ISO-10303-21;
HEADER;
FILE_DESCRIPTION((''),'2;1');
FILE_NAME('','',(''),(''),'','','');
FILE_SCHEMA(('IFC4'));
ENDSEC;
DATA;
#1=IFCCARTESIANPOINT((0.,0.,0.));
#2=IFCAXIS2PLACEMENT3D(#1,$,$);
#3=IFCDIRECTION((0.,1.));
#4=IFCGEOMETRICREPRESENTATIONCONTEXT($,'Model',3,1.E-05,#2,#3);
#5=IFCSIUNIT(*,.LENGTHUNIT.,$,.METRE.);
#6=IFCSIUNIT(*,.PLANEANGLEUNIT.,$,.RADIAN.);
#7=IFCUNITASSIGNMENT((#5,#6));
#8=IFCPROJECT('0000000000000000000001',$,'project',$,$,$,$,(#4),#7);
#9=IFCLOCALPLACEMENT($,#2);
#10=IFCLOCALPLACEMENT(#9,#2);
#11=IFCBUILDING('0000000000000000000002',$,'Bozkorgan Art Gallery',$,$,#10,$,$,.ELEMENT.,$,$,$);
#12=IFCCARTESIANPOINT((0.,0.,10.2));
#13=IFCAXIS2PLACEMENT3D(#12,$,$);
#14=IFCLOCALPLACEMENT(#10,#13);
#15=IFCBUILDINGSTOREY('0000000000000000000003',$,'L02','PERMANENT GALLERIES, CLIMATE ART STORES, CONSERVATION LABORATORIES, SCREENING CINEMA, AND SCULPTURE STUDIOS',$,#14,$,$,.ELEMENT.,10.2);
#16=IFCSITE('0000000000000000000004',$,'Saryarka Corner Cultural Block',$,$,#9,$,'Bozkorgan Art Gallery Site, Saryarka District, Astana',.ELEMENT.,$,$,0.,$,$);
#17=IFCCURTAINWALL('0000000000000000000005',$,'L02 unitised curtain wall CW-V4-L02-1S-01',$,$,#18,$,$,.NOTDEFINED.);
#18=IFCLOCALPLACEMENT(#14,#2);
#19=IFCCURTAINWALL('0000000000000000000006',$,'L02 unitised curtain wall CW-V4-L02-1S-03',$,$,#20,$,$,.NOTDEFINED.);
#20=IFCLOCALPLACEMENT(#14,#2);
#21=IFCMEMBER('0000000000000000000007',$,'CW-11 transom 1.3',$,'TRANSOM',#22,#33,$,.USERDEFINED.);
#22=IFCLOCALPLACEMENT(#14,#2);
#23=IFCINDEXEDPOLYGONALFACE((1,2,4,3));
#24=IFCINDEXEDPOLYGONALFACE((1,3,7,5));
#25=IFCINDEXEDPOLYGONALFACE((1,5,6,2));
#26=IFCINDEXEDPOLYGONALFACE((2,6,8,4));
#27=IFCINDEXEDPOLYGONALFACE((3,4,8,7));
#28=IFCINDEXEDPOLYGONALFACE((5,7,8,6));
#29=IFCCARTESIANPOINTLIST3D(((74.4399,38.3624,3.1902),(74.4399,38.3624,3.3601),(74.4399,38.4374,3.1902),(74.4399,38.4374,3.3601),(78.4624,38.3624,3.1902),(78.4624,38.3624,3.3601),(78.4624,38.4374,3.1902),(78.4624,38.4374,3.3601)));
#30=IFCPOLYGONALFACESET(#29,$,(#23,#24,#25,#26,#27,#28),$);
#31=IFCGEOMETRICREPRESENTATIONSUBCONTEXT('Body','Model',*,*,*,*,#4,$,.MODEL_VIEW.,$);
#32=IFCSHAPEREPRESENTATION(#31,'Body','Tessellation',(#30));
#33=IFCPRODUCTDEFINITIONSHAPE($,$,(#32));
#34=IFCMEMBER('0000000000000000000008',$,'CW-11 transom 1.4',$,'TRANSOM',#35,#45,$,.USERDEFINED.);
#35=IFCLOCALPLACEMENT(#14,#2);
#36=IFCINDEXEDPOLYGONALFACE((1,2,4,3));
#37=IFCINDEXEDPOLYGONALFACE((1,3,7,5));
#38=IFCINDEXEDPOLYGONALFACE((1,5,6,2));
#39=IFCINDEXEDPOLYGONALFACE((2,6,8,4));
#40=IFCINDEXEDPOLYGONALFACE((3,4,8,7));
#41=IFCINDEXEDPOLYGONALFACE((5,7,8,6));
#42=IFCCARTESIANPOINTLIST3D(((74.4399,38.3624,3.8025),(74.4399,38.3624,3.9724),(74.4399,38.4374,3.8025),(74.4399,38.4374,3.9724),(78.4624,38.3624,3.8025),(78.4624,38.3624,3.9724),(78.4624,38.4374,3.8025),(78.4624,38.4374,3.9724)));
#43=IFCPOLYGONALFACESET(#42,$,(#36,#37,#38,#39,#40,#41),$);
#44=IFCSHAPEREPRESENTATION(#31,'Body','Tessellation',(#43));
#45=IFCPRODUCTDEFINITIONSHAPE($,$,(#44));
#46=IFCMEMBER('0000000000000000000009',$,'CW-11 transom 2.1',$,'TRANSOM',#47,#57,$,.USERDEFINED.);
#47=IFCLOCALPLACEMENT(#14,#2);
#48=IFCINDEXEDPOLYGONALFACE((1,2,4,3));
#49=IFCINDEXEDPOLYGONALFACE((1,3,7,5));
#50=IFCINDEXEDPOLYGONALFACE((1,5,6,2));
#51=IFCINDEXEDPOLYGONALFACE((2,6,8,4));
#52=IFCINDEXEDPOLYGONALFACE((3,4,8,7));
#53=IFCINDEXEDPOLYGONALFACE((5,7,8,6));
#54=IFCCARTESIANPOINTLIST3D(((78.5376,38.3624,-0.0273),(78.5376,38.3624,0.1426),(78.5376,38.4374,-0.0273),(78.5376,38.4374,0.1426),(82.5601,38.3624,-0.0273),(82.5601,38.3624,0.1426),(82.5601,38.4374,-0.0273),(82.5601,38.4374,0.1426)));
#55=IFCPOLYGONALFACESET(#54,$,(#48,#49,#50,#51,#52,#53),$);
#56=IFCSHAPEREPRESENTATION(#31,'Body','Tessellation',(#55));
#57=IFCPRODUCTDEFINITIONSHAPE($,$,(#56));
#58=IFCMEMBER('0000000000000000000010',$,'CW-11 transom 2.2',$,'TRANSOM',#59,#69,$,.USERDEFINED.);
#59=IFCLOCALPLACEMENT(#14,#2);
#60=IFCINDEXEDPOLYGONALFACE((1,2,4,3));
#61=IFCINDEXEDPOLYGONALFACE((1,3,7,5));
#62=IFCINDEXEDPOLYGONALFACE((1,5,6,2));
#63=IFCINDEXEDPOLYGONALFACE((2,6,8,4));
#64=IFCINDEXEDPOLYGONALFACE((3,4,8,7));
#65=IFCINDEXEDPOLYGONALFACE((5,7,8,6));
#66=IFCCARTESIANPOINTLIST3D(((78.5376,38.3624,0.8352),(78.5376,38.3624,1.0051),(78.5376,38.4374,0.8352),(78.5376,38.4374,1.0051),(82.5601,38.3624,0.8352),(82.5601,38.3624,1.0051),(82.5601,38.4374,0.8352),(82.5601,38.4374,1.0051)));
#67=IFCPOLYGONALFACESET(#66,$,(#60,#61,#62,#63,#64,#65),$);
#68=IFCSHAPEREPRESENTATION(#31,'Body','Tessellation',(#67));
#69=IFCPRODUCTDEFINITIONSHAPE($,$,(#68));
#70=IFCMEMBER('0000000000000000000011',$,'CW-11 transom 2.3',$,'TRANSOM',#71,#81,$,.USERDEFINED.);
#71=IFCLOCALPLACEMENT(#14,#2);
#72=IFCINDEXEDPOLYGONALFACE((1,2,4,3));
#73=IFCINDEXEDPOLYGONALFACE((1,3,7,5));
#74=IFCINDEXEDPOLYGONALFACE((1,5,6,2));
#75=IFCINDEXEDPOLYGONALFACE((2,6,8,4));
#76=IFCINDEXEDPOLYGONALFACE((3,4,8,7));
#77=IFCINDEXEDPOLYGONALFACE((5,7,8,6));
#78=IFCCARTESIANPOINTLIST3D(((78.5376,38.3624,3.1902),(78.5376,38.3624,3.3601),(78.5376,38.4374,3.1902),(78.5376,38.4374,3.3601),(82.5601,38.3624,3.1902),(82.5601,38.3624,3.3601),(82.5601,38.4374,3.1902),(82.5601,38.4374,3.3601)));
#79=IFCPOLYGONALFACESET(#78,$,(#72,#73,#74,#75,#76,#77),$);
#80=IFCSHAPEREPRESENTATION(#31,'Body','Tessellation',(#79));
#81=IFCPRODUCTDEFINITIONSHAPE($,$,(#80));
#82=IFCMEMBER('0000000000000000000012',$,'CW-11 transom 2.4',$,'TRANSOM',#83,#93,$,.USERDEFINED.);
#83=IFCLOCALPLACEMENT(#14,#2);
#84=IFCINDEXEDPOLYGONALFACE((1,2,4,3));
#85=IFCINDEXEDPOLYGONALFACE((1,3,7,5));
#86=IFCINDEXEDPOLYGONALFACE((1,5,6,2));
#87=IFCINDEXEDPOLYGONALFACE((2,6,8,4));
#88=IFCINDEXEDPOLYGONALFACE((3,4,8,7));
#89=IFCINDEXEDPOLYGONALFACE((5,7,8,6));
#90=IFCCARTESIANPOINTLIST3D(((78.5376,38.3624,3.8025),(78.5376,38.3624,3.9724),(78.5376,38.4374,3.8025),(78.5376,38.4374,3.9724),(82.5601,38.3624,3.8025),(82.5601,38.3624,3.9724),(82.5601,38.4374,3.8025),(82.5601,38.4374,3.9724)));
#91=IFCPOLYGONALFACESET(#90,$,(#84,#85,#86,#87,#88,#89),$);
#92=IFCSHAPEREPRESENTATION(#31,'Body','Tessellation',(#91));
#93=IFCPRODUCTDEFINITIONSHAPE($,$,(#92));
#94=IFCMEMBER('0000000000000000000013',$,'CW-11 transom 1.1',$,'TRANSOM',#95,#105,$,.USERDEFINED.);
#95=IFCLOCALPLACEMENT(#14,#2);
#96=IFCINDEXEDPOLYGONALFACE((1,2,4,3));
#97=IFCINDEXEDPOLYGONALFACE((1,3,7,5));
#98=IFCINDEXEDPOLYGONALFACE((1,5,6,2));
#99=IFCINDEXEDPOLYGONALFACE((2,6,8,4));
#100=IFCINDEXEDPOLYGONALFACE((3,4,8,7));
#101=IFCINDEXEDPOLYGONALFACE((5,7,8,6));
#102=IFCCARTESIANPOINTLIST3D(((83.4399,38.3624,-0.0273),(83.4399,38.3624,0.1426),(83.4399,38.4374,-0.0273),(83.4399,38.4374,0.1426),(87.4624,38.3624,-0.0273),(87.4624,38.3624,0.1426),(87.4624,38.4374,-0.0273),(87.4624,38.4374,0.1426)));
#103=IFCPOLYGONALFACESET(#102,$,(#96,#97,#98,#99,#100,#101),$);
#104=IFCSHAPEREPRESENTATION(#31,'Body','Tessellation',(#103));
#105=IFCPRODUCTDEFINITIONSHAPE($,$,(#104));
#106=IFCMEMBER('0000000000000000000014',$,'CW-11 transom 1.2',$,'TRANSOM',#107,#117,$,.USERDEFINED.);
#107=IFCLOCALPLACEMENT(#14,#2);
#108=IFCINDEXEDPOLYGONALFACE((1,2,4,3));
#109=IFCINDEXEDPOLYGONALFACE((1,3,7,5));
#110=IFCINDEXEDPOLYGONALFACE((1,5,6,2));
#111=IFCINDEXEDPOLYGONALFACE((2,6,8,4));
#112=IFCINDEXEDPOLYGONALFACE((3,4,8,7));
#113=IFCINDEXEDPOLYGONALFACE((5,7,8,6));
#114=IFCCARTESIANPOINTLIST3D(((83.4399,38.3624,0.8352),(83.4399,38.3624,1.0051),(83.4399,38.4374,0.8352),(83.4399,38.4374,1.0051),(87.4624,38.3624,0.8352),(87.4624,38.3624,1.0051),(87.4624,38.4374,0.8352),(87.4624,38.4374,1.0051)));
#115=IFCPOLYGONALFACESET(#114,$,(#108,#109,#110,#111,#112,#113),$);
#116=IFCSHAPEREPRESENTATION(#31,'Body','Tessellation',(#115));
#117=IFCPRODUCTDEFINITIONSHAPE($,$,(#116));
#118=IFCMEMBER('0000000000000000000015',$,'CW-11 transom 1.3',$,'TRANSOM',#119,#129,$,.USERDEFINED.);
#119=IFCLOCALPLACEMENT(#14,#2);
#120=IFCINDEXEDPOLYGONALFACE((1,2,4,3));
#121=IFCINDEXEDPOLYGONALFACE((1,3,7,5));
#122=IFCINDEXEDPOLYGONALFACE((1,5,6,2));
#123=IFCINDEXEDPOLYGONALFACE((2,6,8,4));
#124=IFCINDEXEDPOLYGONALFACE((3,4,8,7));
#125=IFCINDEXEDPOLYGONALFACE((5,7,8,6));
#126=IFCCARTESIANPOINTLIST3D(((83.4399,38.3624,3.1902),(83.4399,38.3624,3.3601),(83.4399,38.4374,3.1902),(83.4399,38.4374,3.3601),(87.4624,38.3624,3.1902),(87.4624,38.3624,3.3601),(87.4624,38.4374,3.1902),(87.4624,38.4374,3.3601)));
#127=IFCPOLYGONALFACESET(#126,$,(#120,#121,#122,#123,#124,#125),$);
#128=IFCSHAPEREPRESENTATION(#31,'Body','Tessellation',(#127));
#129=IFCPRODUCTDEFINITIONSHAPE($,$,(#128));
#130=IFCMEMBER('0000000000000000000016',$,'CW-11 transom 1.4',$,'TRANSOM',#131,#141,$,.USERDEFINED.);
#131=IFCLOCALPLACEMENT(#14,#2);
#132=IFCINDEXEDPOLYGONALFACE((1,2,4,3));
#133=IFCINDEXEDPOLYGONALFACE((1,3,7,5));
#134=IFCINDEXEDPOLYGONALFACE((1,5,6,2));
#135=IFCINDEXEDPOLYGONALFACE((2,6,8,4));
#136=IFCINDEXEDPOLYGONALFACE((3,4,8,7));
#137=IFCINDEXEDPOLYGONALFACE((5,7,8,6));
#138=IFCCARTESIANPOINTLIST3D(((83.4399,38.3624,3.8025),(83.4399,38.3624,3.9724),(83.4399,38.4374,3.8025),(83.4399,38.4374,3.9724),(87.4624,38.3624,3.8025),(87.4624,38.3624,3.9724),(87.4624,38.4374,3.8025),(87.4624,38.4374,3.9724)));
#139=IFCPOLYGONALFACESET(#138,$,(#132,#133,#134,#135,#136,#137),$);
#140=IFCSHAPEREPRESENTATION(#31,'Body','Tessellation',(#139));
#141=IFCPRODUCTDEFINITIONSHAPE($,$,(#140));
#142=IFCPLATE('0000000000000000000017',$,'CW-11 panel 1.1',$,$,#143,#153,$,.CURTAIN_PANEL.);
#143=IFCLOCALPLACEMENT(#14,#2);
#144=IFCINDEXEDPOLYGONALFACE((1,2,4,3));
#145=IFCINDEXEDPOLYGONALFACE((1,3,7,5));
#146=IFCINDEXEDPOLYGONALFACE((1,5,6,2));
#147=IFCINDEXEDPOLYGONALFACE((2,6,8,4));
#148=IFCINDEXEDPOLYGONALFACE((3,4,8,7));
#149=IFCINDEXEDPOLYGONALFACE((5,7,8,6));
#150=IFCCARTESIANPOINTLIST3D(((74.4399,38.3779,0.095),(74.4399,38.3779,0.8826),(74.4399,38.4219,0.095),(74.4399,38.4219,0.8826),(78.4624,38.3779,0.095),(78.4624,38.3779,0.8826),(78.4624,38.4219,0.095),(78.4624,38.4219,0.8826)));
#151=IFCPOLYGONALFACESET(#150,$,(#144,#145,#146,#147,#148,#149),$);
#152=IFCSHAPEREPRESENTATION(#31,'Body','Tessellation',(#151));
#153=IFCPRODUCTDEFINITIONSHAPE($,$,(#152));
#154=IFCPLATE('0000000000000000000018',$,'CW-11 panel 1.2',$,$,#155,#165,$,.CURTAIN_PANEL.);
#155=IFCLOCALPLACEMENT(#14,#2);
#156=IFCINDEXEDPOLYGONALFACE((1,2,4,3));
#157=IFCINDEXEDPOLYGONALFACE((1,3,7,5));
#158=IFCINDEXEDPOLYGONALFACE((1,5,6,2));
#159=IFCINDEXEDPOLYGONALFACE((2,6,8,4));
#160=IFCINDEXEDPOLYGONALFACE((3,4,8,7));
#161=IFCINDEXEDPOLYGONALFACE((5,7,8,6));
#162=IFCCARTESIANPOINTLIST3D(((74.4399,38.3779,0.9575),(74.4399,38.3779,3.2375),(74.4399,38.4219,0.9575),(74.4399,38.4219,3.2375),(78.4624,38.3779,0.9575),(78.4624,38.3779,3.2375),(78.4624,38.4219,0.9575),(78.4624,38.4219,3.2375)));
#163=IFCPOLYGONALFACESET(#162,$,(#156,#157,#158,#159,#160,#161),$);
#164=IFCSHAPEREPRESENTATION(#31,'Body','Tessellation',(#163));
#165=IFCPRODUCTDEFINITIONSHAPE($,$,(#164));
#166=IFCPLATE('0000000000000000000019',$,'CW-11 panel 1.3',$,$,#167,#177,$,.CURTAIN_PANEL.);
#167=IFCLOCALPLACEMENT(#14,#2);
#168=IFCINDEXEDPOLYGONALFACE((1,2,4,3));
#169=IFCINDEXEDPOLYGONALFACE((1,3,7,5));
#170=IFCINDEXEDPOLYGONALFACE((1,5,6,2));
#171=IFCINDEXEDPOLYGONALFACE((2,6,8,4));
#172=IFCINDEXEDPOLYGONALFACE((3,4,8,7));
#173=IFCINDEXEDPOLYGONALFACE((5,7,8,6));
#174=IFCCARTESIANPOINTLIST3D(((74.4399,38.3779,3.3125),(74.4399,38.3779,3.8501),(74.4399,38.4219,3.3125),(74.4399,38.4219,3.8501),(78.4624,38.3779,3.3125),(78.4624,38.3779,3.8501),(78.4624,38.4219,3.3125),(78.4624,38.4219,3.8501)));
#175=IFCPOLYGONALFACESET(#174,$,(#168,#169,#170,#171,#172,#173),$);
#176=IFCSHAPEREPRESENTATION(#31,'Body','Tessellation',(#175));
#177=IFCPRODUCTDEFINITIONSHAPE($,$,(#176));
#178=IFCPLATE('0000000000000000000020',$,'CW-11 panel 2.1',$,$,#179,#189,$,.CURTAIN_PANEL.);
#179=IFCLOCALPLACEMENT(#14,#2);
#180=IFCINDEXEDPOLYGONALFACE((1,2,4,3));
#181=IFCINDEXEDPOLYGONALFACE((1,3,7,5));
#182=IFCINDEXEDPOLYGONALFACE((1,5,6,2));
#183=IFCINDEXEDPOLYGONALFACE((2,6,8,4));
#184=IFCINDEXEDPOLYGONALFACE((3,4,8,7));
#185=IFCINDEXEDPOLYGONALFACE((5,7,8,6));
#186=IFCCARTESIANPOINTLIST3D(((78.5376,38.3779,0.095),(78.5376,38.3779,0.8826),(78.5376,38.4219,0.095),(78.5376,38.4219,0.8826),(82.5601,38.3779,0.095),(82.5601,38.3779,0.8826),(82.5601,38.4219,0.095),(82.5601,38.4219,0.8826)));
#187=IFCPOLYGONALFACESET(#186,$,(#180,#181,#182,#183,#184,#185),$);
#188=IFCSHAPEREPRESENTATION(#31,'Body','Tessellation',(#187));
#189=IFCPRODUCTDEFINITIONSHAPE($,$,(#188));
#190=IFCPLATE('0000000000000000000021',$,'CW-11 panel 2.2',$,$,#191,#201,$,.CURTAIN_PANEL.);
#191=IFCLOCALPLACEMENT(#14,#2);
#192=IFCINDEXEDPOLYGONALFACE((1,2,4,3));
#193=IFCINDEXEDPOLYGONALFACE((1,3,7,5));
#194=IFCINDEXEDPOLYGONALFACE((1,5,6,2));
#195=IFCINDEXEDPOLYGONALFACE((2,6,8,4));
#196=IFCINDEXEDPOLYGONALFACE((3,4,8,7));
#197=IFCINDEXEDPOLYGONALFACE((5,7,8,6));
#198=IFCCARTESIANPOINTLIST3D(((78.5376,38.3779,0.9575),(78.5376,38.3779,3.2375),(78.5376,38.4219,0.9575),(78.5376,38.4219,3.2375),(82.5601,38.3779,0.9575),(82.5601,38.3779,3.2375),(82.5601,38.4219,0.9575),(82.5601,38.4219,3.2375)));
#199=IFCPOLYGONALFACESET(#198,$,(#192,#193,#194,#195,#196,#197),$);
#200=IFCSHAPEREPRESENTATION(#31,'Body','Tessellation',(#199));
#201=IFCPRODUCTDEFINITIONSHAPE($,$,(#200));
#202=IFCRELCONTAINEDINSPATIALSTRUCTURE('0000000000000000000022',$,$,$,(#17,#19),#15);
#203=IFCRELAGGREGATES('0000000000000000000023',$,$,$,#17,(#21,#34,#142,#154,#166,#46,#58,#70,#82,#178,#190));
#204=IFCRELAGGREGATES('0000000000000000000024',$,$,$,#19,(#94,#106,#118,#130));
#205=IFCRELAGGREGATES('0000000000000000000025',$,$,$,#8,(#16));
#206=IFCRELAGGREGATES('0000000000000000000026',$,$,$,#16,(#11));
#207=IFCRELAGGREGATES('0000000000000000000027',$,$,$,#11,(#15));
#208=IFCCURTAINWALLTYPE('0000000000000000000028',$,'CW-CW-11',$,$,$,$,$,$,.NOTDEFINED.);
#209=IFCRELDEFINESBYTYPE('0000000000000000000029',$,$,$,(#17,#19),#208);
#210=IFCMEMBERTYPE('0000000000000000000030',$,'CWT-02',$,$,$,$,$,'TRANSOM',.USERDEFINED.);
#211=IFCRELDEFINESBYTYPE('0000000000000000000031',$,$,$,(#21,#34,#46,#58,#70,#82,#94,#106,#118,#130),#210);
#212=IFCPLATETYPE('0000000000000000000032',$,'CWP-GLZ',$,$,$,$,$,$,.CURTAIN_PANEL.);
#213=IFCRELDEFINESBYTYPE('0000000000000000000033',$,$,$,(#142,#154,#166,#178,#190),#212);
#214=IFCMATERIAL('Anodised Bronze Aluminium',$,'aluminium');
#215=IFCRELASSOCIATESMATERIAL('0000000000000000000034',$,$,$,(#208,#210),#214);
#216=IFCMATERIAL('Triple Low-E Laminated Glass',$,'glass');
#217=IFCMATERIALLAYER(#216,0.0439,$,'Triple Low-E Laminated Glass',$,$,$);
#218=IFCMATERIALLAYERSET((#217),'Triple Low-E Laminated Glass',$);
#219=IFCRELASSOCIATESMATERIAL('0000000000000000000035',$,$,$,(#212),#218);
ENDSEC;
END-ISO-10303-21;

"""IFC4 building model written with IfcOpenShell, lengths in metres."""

from ifc_helpers import new_model, si_unit, direction, frame, origin, origin_2d, place, context, subcontext, project, spatial, rectangle, extrude, material, layer, layer_set, material_profile, profile_set, type_object, element, aggregate, save


model = new_model("IFC4")

# Units and contexts
model_context = context("Model", 3, precision=1e-05, world=origin(), true_north=direction((0.0, 1.0)))
body_context = subcontext(model_context, "Body", "Model", "MODEL_VIEW")
ifc_project = project(units=[si_unit("LENGTHUNIT", "METRE"), si_unit("PLANEANGLEUNIT", "RADIAN")], contexts=[model_context])

# Site, building, storey
site_placement = place(None, origin())
site = spatial("IfcSite", under=ifc_project, at=site_placement, Name="Saryarka Corner Cultural Block", LongName="Bozkorgan Art Gallery Site, Saryarka District, Astana", CompositionType="ELEMENT", RefElevation=0.0)
building_placement = place(site_placement, origin())
building = spatial("IfcBuilding", under=site, at=building_placement, Name="Bozkorgan Art Gallery", CompositionType="ELEMENT")
storey_placement = place(building_placement, frame((0.0, 0.0, 10.2)))
storey = spatial("IfcBuildingStorey", under=building, at=storey_placement, Name="L02", Description="PERMANENT GALLERIES, CLIMATE ART STORES, CONSERVATION LABORATORIES, SCREENING CINEMA, AND SCULPTURE STUDIOS", CompositionType="ELEMENT", Elevation=10.2)

# Curtain wall
ifc_material_1 = material(Name="Anodised Bronze Aluminium", Category="aluminium")
curtain_wall_type = type_object("IfcCurtainWallType", Name="CW-CW-11", PredefinedType="NOTDEFINED", material=ifc_material_1)
curtain_wall_1_placement = place(storey_placement, origin())
curtain_wall_1 = element("IfcCurtainWall", 1, at=curtain_wall_1_placement, inside=storey, type_object=curtain_wall_type, Name="L02 unitised curtain wall CW-V4-L02-1S-01", PredefinedType="NOTDEFINED")

# Curtain wall
curtain_wall_2_placement = place(storey_placement, origin())
curtain_wall_2 = element("IfcCurtainWall", 2, at=curtain_wall_2_placement, inside=storey, type_object=curtain_wall_type, Name="L02 unitised curtain wall CW-V4-L02-1S-03", PredefinedType="NOTDEFINED")

# Members
ifc_material_profile_1 = material_profile(ifc_material_1, rectangle(XDim=0.075, YDim=0.1699, at=origin_2d()), Name="ALU TRANSOM 75x170")
ifc_profile_set_1 = profile_set([ifc_material_profile_1], Name="Anodised Bronze Aluminium")
member_type_1 = type_object("IfcMemberType", Name="CWT-02", ElementType="TRANSOM", PredefinedType="USERDEFINED", material=ifc_profile_set_1)
member_1_placement = place(storey_placement, frame((74.4399, 38.3999, 3.2751), z_axis=(1.0, 0.0, 0.0), x_axis=(0.0, 1.0, 0.0)))
member_1 = element("IfcMember", 3, at=member_1_placement, type_object=member_type_1, Name="CW-11 transom 1.3", ObjectType="TRANSOM", PredefinedType="USERDEFINED", context=body_context, shape_type="SweptSolid", body=[
    extrude(rectangle(XDim=0.075, YDim=0.1699, at=origin_2d()), origin(), (0.0, 0.0, 1.0), 4.0225),
])
member_2_placement = place(storey_placement, frame((74.4399, 38.3999, 3.8875), z_axis=(1.0, 0.0, 0.0), x_axis=(0.0, 1.0, 0.0)))
member_2 = element("IfcMember", 4, at=member_2_placement, type_object=member_type_1, Name="CW-11 transom 1.4", ObjectType="TRANSOM", PredefinedType="USERDEFINED", context=body_context, shape_type="SweptSolid", body=[
    extrude(rectangle(XDim=0.075, YDim=0.1699, at=origin_2d()), origin(), (0.0, 0.0, 1.0), 4.0225),
])
member_3_placement = place(storey_placement, frame((78.5376, 38.3999, 0.0576), z_axis=(1.0, 0.0, 0.0), x_axis=(0.0, 1.0, 0.0)))
member_3 = element("IfcMember", 5, at=member_3_placement, type_object=member_type_1, Name="CW-11 transom 2.1", ObjectType="TRANSOM", PredefinedType="USERDEFINED", context=body_context, shape_type="SweptSolid", body=[
    extrude(rectangle(XDim=0.075, YDim=0.1699, at=origin_2d()), origin(), (0.0, 0.0, 1.0), 4.0225),
])
member_4_placement = place(storey_placement, frame((78.5376, 38.3999, 0.9202), z_axis=(1.0, 0.0, 0.0), x_axis=(0.0, 1.0, 0.0)))
member_4 = element("IfcMember", 6, at=member_4_placement, type_object=member_type_1, Name="CW-11 transom 2.2", ObjectType="TRANSOM", PredefinedType="USERDEFINED", context=body_context, shape_type="SweptSolid", body=[
    extrude(rectangle(XDim=0.075, YDim=0.1699, at=origin_2d()), origin(), (0.0, 0.0, 1.0), 4.0225),
])
member_5_placement = place(storey_placement, frame((78.5376, 38.3999, 3.2751), z_axis=(1.0, 0.0, 0.0), x_axis=(0.0, 1.0, 0.0)))
member_5 = element("IfcMember", 7, at=member_5_placement, type_object=member_type_1, Name="CW-11 transom 2.3", ObjectType="TRANSOM", PredefinedType="USERDEFINED", context=body_context, shape_type="SweptSolid", body=[
    extrude(rectangle(XDim=0.075, YDim=0.1699, at=origin_2d()), origin(), (0.0, 0.0, 1.0), 4.0225),
])
member_6_placement = place(storey_placement, frame((78.5376, 38.3999, 3.8875), z_axis=(1.0, 0.0, 0.0), x_axis=(0.0, 1.0, 0.0)))
member_6 = element("IfcMember", 8, at=member_6_placement, type_object=member_type_1, Name="CW-11 transom 2.4", ObjectType="TRANSOM", PredefinedType="USERDEFINED", context=body_context, shape_type="SweptSolid", body=[
    extrude(rectangle(XDim=0.075, YDim=0.1699, at=origin_2d()), origin(), (0.0, 0.0, 1.0), 4.0225),
])
member_7_placement = place(storey_placement, frame((83.4399, 38.3999, 0.0576), z_axis=(1.0, 0.0, 0.0), x_axis=(0.0, 1.0, 0.0)))
member_7 = element("IfcMember", 9, at=member_7_placement, type_object=member_type_1, Name="CW-11 transom 1.1", ObjectType="TRANSOM", PredefinedType="USERDEFINED", context=body_context, shape_type="SweptSolid", body=[
    extrude(rectangle(XDim=0.075, YDim=0.1699, at=origin_2d()), origin(), (0.0, 0.0, 1.0), 4.0225),
])
member_8_placement = place(storey_placement, frame((83.4399, 38.3999, 0.9202), z_axis=(1.0, 0.0, 0.0), x_axis=(0.0, 1.0, 0.0)))
member_8 = element("IfcMember", 10, at=member_8_placement, type_object=member_type_1, Name="CW-11 transom 1.2", ObjectType="TRANSOM", PredefinedType="USERDEFINED", context=body_context, shape_type="SweptSolid", body=[
    extrude(rectangle(XDim=0.075, YDim=0.1699, at=origin_2d()), origin(), (0.0, 0.0, 1.0), 4.0225),
])
member_9_placement = place(storey_placement, frame((83.4399, 38.3999, 3.2751), z_axis=(1.0, 0.0, 0.0), x_axis=(0.0, 1.0, 0.0)))
member_9 = element("IfcMember", 11, at=member_9_placement, type_object=member_type_1, Name="CW-11 transom 1.3", ObjectType="TRANSOM", PredefinedType="USERDEFINED", context=body_context, shape_type="SweptSolid", body=[
    extrude(rectangle(XDim=0.075, YDim=0.1699, at=origin_2d()), origin(), (0.0, 0.0, 1.0), 4.0225),
])
member_10_placement = place(storey_placement, frame((83.4399, 38.3999, 3.8875), z_axis=(1.0, 0.0, 0.0), x_axis=(0.0, 1.0, 0.0)))
member_10 = element("IfcMember", 12, at=member_10_placement, type_object=member_type_1, Name="CW-11 transom 1.4", ObjectType="TRANSOM", PredefinedType="USERDEFINED", context=body_context, shape_type="SweptSolid", body=[
    extrude(rectangle(XDim=0.075, YDim=0.1699, at=origin_2d()), origin(), (0.0, 0.0, 1.0), 4.0225),
])

# Plates
ifc_material_2 = material(Name="Triple Low-E Laminated Glass", Category="glass")
ifc_layer = layer(ifc_material_2, 0.0439, Name="Triple Low-E Laminated Glass")
ifc_layer_set = layer_set([ifc_layer], Name="Triple Low-E Laminated Glass")
plate_type = type_object("IfcPlateType", Name="CWP-GLZ", PredefinedType="CURTAIN_PANEL", material=ifc_layer_set)
plate_1_placement = place(storey_placement, frame((76.4512, 38.3999, 0.095), z_axis=(0.0, 0.0, 1.0), x_axis=(1.0, 0.0, 0.0)))
plate_1 = element("IfcPlate", 13, at=plate_1_placement, type_object=plate_type, Name="CW-11 panel 1.1", PredefinedType="CURTAIN_PANEL", context=body_context, shape_type="SweptSolid", body=[
    extrude(rectangle(XDim=4.0225, YDim=0.0439, at=origin_2d()), origin(), (0.0, 0.0, 1.0), 0.7876),
])
plate_2_placement = place(storey_placement, frame((76.4512, 38.3999, 0.9575), z_axis=(0.0, 0.0, 1.0), x_axis=(1.0, 0.0, 0.0)))
plate_2 = element("IfcPlate", 14, at=plate_2_placement, type_object=plate_type, Name="CW-11 panel 1.2", PredefinedType="CURTAIN_PANEL", context=body_context, shape_type="SweptSolid", body=[
    extrude(rectangle(XDim=4.0225, YDim=0.0439, at=origin_2d()), origin(), (0.0, 0.0, 1.0), 2.28),
])
plate_3_placement = place(storey_placement, frame((76.4512, 38.3999, 3.3125), z_axis=(0.0, 0.0, 1.0), x_axis=(1.0, 0.0, 0.0)))
plate_3 = element("IfcPlate", 15, at=plate_3_placement, type_object=plate_type, Name="CW-11 panel 1.3", PredefinedType="CURTAIN_PANEL", context=body_context, shape_type="SweptSolid", body=[
    extrude(rectangle(XDim=4.0225, YDim=0.0439, at=origin_2d()), origin(), (0.0, 0.0, 1.0), 0.5376),
])
plate_4_placement = place(storey_placement, frame((80.5488, 38.3999, 0.095), z_axis=(0.0, 0.0, 1.0), x_axis=(1.0, 0.0, 0.0)))
plate_4 = element("IfcPlate", 16, at=plate_4_placement, type_object=plate_type, Name="CW-11 panel 2.1", PredefinedType="CURTAIN_PANEL", context=body_context, shape_type="SweptSolid", body=[
    extrude(rectangle(XDim=4.0225, YDim=0.0439, at=origin_2d()), origin(), (0.0, 0.0, 1.0), 0.7876),
])
plate_5_placement = place(storey_placement, frame((80.5488, 38.3999, 0.9575), z_axis=(0.0, 0.0, 1.0), x_axis=(1.0, 0.0, 0.0)))
plate_5 = element("IfcPlate", 17, at=plate_5_placement, type_object=plate_type, Name="CW-11 panel 2.2", PredefinedType="CURTAIN_PANEL", context=body_context, shape_type="SweptSolid", body=[
    extrude(rectangle(XDim=4.0225, YDim=0.0439, at=origin_2d()), origin(), (0.0, 0.0, 1.0), 2.28),
])
aggregate(curtain_wall_1, [member_1, member_2, plate_1, plate_2, plate_3, member_3, member_4, member_5, member_6, plate_4, plate_5])
aggregate(curtain_wall_2, [member_7, member_8, member_9, member_10])

save(model, "model.ifc")
